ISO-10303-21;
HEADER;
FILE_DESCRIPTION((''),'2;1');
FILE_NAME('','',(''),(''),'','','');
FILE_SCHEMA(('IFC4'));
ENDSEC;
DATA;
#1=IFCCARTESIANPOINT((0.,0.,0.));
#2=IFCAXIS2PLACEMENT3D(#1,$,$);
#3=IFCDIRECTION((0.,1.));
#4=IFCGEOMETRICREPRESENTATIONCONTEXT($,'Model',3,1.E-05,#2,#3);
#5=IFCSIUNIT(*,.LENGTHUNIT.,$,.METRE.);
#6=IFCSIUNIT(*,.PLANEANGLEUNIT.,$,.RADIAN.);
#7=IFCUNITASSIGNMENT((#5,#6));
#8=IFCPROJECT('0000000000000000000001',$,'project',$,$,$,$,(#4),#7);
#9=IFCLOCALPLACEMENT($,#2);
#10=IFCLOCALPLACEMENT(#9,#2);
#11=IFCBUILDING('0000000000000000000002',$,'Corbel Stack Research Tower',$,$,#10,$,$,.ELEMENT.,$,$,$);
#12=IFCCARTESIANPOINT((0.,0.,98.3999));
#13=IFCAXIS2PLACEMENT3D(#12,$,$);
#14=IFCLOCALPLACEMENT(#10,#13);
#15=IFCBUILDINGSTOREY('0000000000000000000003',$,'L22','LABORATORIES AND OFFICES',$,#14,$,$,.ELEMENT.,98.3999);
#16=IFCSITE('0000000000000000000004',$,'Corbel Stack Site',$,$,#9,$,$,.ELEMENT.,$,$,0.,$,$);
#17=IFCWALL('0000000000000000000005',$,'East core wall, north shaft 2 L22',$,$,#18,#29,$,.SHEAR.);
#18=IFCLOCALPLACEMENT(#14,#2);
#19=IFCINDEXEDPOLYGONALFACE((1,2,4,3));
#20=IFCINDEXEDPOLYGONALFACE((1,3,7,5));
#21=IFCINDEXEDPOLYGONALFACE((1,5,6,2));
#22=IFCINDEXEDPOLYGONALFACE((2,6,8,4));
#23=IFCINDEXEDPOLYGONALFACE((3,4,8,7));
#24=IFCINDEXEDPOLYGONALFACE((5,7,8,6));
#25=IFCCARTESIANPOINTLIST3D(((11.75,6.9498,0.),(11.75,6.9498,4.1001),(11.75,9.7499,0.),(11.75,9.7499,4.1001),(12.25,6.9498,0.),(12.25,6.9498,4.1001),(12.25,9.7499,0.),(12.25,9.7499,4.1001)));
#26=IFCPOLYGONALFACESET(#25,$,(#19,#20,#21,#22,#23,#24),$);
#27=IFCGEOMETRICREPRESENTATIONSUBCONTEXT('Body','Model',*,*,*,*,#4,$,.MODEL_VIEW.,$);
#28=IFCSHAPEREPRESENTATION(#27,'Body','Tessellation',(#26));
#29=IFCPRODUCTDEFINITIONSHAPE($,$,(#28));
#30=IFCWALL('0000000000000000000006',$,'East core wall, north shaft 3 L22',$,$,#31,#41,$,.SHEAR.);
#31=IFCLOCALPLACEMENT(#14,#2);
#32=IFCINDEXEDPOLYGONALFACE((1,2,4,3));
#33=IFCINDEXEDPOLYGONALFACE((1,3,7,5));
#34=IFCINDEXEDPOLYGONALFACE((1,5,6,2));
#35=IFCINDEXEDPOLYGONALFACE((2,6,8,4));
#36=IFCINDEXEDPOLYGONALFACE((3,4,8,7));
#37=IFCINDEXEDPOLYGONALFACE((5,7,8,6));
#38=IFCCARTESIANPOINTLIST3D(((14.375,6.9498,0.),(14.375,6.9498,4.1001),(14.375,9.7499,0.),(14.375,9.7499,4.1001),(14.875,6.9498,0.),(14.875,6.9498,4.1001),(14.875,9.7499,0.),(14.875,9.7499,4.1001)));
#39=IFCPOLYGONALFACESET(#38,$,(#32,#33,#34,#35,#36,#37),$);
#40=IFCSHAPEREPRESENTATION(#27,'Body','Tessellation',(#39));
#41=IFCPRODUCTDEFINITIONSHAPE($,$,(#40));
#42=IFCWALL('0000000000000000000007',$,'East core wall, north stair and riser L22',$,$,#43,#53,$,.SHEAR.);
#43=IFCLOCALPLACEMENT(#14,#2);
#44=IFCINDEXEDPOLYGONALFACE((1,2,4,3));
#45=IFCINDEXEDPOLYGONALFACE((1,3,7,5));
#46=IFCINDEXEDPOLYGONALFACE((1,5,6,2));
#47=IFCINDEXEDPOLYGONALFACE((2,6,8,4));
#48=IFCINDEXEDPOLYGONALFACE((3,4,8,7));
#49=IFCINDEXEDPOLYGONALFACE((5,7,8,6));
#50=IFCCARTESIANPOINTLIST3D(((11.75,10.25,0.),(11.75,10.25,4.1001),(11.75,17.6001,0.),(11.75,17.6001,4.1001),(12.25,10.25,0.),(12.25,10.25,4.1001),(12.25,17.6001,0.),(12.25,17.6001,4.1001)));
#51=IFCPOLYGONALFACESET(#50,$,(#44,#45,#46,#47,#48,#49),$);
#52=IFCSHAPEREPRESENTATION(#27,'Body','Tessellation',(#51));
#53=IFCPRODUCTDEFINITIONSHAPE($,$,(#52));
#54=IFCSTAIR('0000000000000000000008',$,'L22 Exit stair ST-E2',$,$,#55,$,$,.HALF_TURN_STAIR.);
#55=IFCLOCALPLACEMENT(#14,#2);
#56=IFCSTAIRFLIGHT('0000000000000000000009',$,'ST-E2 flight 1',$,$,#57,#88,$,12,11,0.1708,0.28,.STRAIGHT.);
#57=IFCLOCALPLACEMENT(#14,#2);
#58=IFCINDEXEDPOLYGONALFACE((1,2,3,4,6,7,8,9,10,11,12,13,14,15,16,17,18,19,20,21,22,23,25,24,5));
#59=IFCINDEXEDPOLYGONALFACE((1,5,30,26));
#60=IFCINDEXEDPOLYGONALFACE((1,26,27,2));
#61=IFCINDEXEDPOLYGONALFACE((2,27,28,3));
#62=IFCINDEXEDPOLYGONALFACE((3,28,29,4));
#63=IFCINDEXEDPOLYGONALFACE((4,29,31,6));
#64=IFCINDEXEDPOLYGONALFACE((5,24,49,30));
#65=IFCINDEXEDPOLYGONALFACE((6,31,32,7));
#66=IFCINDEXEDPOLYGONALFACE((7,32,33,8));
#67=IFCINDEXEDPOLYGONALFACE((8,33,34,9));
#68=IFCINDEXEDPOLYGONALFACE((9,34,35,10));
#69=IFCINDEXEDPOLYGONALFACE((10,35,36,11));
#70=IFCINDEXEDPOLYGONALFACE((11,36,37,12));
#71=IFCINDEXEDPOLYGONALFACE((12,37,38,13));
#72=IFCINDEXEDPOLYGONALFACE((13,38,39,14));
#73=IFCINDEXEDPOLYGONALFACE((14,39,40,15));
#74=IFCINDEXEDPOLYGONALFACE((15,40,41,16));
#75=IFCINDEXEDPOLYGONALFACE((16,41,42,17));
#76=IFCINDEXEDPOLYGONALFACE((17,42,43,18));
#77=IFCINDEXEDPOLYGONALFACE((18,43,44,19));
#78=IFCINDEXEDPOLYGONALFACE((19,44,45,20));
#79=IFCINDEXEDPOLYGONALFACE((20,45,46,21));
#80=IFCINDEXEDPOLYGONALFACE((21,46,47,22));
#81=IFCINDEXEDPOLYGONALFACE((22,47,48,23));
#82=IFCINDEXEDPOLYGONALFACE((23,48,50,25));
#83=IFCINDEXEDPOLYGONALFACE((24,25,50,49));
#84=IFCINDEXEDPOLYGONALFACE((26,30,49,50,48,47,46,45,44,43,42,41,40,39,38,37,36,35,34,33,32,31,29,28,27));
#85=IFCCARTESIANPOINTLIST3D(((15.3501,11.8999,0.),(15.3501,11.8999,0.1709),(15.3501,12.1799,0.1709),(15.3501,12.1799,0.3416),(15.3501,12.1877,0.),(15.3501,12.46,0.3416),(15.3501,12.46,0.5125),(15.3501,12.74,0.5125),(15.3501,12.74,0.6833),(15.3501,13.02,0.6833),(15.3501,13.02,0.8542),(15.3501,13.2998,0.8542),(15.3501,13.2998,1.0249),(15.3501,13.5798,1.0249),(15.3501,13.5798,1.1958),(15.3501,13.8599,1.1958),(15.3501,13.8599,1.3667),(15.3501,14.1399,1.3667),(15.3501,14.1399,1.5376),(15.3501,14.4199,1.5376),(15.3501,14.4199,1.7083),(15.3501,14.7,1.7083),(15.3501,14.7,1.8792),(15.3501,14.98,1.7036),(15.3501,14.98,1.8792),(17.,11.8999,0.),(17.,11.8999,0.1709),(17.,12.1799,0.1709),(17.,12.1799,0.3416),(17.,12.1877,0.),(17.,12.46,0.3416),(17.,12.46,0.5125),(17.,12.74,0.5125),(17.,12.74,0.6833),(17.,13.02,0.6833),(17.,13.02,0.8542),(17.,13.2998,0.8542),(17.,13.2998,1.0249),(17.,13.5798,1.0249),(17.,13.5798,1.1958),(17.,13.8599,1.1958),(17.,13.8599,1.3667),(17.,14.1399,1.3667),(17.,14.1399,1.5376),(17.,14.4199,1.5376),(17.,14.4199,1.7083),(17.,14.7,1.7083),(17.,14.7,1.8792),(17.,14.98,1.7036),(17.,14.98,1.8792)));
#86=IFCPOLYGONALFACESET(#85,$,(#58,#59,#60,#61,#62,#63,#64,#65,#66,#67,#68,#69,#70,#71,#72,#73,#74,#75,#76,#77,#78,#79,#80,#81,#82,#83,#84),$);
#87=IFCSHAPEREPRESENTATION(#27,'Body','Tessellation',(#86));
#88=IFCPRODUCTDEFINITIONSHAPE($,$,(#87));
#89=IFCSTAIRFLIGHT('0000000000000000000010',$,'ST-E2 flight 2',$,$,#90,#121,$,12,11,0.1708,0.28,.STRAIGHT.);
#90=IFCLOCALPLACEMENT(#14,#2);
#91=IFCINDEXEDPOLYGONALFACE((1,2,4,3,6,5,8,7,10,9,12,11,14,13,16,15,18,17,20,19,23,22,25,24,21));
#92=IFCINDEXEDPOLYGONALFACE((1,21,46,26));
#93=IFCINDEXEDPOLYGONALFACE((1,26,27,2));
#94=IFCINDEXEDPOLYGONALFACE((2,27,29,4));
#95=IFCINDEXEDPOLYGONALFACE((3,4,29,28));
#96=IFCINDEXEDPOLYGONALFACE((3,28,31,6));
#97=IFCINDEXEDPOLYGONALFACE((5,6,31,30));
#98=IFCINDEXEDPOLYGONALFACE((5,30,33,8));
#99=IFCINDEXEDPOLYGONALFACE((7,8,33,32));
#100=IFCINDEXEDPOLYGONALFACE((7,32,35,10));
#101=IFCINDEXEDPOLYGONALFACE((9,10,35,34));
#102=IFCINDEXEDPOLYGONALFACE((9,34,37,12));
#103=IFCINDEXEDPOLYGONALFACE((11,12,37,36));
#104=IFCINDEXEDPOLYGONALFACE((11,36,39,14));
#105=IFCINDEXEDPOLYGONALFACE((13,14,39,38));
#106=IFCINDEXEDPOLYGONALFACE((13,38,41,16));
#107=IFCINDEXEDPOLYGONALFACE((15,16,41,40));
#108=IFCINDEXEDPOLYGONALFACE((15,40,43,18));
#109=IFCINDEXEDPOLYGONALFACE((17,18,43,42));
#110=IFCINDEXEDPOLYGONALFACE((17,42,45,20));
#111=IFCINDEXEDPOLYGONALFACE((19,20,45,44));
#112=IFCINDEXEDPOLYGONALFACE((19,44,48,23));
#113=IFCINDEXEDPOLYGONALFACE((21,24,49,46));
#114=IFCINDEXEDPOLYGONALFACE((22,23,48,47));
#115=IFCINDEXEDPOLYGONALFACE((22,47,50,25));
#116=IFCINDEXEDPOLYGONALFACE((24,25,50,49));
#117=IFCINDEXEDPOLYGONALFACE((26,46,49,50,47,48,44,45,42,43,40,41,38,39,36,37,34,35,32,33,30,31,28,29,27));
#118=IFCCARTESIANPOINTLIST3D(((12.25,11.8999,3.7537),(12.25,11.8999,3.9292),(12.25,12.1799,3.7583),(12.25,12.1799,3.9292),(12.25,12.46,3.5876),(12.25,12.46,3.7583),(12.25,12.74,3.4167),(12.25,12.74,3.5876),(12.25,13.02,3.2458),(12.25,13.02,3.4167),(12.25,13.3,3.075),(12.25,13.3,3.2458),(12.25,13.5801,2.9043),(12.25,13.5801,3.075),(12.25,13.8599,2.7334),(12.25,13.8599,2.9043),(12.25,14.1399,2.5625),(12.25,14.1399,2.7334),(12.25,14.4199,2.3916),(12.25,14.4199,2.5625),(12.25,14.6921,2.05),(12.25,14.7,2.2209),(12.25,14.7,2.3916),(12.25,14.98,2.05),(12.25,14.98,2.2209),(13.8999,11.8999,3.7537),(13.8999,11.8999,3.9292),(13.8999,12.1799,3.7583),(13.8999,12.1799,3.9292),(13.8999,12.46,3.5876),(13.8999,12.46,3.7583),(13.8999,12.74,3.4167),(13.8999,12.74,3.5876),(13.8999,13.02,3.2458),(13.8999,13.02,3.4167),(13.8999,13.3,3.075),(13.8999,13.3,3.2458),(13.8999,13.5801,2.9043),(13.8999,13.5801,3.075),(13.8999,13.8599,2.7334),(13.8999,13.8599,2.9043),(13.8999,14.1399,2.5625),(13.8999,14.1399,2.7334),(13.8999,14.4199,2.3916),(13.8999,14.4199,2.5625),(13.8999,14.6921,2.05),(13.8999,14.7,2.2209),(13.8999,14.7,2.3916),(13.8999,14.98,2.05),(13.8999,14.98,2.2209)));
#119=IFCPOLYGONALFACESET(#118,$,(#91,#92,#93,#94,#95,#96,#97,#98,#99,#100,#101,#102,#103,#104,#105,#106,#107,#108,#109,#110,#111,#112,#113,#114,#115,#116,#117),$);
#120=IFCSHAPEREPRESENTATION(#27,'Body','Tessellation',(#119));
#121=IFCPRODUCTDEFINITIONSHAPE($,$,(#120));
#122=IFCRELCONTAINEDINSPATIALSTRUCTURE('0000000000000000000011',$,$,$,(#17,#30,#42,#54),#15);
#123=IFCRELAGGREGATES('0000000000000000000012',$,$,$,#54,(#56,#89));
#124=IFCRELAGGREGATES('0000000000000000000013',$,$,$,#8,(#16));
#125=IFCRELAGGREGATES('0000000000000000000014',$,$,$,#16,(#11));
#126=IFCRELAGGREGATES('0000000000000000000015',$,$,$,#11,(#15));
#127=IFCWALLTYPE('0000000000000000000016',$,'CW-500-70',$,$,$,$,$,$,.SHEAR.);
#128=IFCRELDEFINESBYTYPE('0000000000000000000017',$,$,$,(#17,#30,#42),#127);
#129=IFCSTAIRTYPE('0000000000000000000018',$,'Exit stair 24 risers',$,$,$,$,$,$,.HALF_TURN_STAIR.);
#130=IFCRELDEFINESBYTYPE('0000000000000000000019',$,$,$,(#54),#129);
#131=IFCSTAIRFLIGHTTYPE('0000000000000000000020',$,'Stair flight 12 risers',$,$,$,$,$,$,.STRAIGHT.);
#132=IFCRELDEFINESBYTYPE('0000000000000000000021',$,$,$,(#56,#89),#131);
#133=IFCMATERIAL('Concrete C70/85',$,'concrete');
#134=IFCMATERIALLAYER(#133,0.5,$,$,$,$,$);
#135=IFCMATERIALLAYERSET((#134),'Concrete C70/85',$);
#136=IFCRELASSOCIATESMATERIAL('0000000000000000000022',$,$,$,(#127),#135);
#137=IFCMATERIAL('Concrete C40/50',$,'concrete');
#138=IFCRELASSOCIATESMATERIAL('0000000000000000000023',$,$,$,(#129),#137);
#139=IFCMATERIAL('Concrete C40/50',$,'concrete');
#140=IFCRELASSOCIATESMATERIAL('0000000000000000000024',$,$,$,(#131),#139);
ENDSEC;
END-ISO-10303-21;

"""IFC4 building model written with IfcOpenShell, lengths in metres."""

from ifc_helpers import new_model, si_unit, direction, frame, frame_2d, origin, place, context, subcontext, project, spatial, polyline, rectangle, outline, extrude, material, layer, layer_set, type_object, element, aggregate, save


model = new_model("IFC4")

# Units and contexts
model_context = context("Model", 3, precision=1e-05, world=origin(), true_north=direction((0.0, 1.0)))
body_context = subcontext(model_context, "Body", "Model", "MODEL_VIEW")
ifc_project = project(units=[si_unit("LENGTHUNIT", "METRE"), si_unit("PLANEANGLEUNIT", "RADIAN")], contexts=[model_context])

# Site, building, storey
site_placement = place(None, origin())
site = spatial("IfcSite", under=ifc_project, at=site_placement, Name="Corbel Stack Site", CompositionType="ELEMENT", RefElevation=0.0)
building_placement = place(site_placement, origin())
building = spatial("IfcBuilding", under=site, at=building_placement, Name="Corbel Stack Research Tower", CompositionType="ELEMENT")
storey_placement = place(building_placement, frame((0.0, 0.0, 98.3999)))
storey = spatial("IfcBuildingStorey", under=building, at=storey_placement, Name="L22", Description="LABORATORIES AND OFFICES", CompositionType="ELEMENT", Elevation=98.3999)

# Walls
ifc_material_1 = material(Name="Concrete C70/85", Category="concrete")
ifc_layer = layer(ifc_material_1, 0.5)
ifc_layer_set = layer_set([ifc_layer], Name="Concrete C70/85")
wall_type = type_object("IfcWallType", Name="CW-500-70", PredefinedType="SHEAR", material=ifc_layer_set)
for number, where, z_axis, x_axis, name in (
    (1, (12.0, 6.95, 0.0), (0.0, 0.0, 1.0), (0.0, 1.0, 0.0), "East core wall, north shaft 2 L22"),
    (2, (14.625, 6.95, 0.0), (0.0, 0.0, 1.0), (0.0, 1.0, 0.0), "East core wall, north shaft 3 L22"),
):
    element("IfcWall", number, at=place(storey_placement, frame(where, z_axis=z_axis, x_axis=x_axis)), inside=storey, type_object=wall_type, Name=name, PredefinedType="SHEAR", context=body_context, shape_type="SweptSolid", body=[
        extrude(rectangle(XDim=2.8, YDim=0.5, at=frame_2d((1.3999, 0.0))), origin(), (0.0, 0.0, 1.0), 4.1001),
    ])
wall_placement = place(storey_placement, frame((12.0, 10.25, 0.0), z_axis=(0.0, 0.0, 1.0), x_axis=(0.0, 1.0, 0.0)))
element("IfcWall", 3, at=wall_placement, inside=storey, type_object=wall_type, Name="East core wall, north stair and riser L22", PredefinedType="SHEAR", context=body_context, shape_type="SweptSolid", body=[
    extrude(rectangle(XDim=7.3501, YDim=0.5, at=frame_2d((3.675, 0.0))), origin(), (0.0, 0.0, 1.0), 4.1001),
])

# Stair, stair flights
ifc_material_2 = material(Name="Concrete C40/50", Category="concrete")
stair_type = type_object("IfcStairType", Name="Exit stair 24 risers", PredefinedType="HALF_TURN_STAIR", material=ifc_material_2)
stair_placement = place(storey_placement, origin())
stair = element("IfcStair", 4, at=stair_placement, inside=storey, type_object=stair_type, Name="L22 Exit stair ST-E2", PredefinedType="HALF_TURN_STAIR")
ifc_material_3 = material(Name="Concrete C40/50", Category="concrete")
stair_flight_type = type_object("IfcStairFlightType", Name="Stair flight 12 risers", PredefinedType="STRAIGHT", material=ifc_material_3)
stair_flight_1_placement = place(storey_placement, frame((16.175, 11.8999, 0.0), z_axis=(0.0, 0.0, 1.0), x_axis=(0.0, 1.0, 0.0)))
stair_flight_1 = element("IfcStairFlight", 5, at=stair_flight_1_placement, type_object=stair_flight_type, Name="ST-E2 flight 1", NumberOfRisers=12, NumberOfTreads=11, PredefinedType="STRAIGHT", RiserHeight=0.1708, TreadLength=0.28, context=body_context, shape_type="SweptSolid", body=[
    extrude(outline(polyline([(0.0, 0.0), (0.0, 0.1709), (0.28, 0.1709), (0.28, 0.3416), (0.5601, 0.3416), (0.5601, 0.5125), (0.8401, 0.5125), (0.8401, 0.6833), (1.1201, 0.6833), (1.1201, 0.8542), (1.3999, 0.8542), (1.3999, 1.0249), (1.6799, 1.0249), (1.6799, 1.1958), (1.96, 1.1958), (1.96, 1.3667), (2.24, 1.3667), (2.24, 1.5376), (2.52, 1.5376), (2.52, 1.7083), (2.8, 1.7083), (2.8, 1.8792), (3.0801, 1.8792), (3.0801, 2.05), (3.0801, 1.7036), (0.2878, 0.0), (0.0, 0.0)])), frame((0.0, 0.825, 0.0), z_axis=(0.0, -1.0, 0.0), x_axis=(1.0, 0.0, 0.0)), (0.0, 0.0, 1.0), 1.6499),
])
stair_flight_2_placement = place(storey_placement, frame((13.075, 14.98, 2.05), z_axis=(0.0, 0.0, 1.0), x_axis=(0.0, -1.0, 0.0)))
stair_flight_2 = element("IfcStairFlight", 6, at=stair_flight_2_placement, type_object=stair_flight_type, Name="ST-E2 flight 2", NumberOfRisers=12, NumberOfTreads=11, PredefinedType="STRAIGHT", RiserHeight=0.1708, TreadLength=0.28, context=body_context, shape_type="SweptSolid", body=[
    extrude(outline(polyline([(0.0, 0.0), (0.0, 0.1709), (0.28, 0.1709), (0.28, 0.3416), (0.5601, 0.3416), (0.5601, 0.5125), (0.8401, 0.5125), (0.8401, 0.6833), (1.1201, 0.6833), (1.1201, 0.8542), (1.3999, 0.8542), (1.3999, 1.0249), (1.6799, 1.0249), (1.6799, 1.1958), (1.96, 1.1958), (1.96, 1.3667), (2.24, 1.3667), (2.24, 1.5376), (2.52, 1.5376), (2.52, 1.7083), (2.8, 1.7083), (2.8, 1.8792), (3.0801, 1.8792), (3.0801, 2.05), (3.0801, 1.7036), (0.2878, 0.0), (0.0, 0.0)])), frame((0.0, 0.825, 0.0), z_axis=(0.0, -1.0, 0.0), x_axis=(1.0, 0.0, 0.0)), (0.0, 0.0, 1.0), 1.6499),
])
aggregate(stair, [stair_flight_1, stair_flight_2])

save(model, "model.ifc")
